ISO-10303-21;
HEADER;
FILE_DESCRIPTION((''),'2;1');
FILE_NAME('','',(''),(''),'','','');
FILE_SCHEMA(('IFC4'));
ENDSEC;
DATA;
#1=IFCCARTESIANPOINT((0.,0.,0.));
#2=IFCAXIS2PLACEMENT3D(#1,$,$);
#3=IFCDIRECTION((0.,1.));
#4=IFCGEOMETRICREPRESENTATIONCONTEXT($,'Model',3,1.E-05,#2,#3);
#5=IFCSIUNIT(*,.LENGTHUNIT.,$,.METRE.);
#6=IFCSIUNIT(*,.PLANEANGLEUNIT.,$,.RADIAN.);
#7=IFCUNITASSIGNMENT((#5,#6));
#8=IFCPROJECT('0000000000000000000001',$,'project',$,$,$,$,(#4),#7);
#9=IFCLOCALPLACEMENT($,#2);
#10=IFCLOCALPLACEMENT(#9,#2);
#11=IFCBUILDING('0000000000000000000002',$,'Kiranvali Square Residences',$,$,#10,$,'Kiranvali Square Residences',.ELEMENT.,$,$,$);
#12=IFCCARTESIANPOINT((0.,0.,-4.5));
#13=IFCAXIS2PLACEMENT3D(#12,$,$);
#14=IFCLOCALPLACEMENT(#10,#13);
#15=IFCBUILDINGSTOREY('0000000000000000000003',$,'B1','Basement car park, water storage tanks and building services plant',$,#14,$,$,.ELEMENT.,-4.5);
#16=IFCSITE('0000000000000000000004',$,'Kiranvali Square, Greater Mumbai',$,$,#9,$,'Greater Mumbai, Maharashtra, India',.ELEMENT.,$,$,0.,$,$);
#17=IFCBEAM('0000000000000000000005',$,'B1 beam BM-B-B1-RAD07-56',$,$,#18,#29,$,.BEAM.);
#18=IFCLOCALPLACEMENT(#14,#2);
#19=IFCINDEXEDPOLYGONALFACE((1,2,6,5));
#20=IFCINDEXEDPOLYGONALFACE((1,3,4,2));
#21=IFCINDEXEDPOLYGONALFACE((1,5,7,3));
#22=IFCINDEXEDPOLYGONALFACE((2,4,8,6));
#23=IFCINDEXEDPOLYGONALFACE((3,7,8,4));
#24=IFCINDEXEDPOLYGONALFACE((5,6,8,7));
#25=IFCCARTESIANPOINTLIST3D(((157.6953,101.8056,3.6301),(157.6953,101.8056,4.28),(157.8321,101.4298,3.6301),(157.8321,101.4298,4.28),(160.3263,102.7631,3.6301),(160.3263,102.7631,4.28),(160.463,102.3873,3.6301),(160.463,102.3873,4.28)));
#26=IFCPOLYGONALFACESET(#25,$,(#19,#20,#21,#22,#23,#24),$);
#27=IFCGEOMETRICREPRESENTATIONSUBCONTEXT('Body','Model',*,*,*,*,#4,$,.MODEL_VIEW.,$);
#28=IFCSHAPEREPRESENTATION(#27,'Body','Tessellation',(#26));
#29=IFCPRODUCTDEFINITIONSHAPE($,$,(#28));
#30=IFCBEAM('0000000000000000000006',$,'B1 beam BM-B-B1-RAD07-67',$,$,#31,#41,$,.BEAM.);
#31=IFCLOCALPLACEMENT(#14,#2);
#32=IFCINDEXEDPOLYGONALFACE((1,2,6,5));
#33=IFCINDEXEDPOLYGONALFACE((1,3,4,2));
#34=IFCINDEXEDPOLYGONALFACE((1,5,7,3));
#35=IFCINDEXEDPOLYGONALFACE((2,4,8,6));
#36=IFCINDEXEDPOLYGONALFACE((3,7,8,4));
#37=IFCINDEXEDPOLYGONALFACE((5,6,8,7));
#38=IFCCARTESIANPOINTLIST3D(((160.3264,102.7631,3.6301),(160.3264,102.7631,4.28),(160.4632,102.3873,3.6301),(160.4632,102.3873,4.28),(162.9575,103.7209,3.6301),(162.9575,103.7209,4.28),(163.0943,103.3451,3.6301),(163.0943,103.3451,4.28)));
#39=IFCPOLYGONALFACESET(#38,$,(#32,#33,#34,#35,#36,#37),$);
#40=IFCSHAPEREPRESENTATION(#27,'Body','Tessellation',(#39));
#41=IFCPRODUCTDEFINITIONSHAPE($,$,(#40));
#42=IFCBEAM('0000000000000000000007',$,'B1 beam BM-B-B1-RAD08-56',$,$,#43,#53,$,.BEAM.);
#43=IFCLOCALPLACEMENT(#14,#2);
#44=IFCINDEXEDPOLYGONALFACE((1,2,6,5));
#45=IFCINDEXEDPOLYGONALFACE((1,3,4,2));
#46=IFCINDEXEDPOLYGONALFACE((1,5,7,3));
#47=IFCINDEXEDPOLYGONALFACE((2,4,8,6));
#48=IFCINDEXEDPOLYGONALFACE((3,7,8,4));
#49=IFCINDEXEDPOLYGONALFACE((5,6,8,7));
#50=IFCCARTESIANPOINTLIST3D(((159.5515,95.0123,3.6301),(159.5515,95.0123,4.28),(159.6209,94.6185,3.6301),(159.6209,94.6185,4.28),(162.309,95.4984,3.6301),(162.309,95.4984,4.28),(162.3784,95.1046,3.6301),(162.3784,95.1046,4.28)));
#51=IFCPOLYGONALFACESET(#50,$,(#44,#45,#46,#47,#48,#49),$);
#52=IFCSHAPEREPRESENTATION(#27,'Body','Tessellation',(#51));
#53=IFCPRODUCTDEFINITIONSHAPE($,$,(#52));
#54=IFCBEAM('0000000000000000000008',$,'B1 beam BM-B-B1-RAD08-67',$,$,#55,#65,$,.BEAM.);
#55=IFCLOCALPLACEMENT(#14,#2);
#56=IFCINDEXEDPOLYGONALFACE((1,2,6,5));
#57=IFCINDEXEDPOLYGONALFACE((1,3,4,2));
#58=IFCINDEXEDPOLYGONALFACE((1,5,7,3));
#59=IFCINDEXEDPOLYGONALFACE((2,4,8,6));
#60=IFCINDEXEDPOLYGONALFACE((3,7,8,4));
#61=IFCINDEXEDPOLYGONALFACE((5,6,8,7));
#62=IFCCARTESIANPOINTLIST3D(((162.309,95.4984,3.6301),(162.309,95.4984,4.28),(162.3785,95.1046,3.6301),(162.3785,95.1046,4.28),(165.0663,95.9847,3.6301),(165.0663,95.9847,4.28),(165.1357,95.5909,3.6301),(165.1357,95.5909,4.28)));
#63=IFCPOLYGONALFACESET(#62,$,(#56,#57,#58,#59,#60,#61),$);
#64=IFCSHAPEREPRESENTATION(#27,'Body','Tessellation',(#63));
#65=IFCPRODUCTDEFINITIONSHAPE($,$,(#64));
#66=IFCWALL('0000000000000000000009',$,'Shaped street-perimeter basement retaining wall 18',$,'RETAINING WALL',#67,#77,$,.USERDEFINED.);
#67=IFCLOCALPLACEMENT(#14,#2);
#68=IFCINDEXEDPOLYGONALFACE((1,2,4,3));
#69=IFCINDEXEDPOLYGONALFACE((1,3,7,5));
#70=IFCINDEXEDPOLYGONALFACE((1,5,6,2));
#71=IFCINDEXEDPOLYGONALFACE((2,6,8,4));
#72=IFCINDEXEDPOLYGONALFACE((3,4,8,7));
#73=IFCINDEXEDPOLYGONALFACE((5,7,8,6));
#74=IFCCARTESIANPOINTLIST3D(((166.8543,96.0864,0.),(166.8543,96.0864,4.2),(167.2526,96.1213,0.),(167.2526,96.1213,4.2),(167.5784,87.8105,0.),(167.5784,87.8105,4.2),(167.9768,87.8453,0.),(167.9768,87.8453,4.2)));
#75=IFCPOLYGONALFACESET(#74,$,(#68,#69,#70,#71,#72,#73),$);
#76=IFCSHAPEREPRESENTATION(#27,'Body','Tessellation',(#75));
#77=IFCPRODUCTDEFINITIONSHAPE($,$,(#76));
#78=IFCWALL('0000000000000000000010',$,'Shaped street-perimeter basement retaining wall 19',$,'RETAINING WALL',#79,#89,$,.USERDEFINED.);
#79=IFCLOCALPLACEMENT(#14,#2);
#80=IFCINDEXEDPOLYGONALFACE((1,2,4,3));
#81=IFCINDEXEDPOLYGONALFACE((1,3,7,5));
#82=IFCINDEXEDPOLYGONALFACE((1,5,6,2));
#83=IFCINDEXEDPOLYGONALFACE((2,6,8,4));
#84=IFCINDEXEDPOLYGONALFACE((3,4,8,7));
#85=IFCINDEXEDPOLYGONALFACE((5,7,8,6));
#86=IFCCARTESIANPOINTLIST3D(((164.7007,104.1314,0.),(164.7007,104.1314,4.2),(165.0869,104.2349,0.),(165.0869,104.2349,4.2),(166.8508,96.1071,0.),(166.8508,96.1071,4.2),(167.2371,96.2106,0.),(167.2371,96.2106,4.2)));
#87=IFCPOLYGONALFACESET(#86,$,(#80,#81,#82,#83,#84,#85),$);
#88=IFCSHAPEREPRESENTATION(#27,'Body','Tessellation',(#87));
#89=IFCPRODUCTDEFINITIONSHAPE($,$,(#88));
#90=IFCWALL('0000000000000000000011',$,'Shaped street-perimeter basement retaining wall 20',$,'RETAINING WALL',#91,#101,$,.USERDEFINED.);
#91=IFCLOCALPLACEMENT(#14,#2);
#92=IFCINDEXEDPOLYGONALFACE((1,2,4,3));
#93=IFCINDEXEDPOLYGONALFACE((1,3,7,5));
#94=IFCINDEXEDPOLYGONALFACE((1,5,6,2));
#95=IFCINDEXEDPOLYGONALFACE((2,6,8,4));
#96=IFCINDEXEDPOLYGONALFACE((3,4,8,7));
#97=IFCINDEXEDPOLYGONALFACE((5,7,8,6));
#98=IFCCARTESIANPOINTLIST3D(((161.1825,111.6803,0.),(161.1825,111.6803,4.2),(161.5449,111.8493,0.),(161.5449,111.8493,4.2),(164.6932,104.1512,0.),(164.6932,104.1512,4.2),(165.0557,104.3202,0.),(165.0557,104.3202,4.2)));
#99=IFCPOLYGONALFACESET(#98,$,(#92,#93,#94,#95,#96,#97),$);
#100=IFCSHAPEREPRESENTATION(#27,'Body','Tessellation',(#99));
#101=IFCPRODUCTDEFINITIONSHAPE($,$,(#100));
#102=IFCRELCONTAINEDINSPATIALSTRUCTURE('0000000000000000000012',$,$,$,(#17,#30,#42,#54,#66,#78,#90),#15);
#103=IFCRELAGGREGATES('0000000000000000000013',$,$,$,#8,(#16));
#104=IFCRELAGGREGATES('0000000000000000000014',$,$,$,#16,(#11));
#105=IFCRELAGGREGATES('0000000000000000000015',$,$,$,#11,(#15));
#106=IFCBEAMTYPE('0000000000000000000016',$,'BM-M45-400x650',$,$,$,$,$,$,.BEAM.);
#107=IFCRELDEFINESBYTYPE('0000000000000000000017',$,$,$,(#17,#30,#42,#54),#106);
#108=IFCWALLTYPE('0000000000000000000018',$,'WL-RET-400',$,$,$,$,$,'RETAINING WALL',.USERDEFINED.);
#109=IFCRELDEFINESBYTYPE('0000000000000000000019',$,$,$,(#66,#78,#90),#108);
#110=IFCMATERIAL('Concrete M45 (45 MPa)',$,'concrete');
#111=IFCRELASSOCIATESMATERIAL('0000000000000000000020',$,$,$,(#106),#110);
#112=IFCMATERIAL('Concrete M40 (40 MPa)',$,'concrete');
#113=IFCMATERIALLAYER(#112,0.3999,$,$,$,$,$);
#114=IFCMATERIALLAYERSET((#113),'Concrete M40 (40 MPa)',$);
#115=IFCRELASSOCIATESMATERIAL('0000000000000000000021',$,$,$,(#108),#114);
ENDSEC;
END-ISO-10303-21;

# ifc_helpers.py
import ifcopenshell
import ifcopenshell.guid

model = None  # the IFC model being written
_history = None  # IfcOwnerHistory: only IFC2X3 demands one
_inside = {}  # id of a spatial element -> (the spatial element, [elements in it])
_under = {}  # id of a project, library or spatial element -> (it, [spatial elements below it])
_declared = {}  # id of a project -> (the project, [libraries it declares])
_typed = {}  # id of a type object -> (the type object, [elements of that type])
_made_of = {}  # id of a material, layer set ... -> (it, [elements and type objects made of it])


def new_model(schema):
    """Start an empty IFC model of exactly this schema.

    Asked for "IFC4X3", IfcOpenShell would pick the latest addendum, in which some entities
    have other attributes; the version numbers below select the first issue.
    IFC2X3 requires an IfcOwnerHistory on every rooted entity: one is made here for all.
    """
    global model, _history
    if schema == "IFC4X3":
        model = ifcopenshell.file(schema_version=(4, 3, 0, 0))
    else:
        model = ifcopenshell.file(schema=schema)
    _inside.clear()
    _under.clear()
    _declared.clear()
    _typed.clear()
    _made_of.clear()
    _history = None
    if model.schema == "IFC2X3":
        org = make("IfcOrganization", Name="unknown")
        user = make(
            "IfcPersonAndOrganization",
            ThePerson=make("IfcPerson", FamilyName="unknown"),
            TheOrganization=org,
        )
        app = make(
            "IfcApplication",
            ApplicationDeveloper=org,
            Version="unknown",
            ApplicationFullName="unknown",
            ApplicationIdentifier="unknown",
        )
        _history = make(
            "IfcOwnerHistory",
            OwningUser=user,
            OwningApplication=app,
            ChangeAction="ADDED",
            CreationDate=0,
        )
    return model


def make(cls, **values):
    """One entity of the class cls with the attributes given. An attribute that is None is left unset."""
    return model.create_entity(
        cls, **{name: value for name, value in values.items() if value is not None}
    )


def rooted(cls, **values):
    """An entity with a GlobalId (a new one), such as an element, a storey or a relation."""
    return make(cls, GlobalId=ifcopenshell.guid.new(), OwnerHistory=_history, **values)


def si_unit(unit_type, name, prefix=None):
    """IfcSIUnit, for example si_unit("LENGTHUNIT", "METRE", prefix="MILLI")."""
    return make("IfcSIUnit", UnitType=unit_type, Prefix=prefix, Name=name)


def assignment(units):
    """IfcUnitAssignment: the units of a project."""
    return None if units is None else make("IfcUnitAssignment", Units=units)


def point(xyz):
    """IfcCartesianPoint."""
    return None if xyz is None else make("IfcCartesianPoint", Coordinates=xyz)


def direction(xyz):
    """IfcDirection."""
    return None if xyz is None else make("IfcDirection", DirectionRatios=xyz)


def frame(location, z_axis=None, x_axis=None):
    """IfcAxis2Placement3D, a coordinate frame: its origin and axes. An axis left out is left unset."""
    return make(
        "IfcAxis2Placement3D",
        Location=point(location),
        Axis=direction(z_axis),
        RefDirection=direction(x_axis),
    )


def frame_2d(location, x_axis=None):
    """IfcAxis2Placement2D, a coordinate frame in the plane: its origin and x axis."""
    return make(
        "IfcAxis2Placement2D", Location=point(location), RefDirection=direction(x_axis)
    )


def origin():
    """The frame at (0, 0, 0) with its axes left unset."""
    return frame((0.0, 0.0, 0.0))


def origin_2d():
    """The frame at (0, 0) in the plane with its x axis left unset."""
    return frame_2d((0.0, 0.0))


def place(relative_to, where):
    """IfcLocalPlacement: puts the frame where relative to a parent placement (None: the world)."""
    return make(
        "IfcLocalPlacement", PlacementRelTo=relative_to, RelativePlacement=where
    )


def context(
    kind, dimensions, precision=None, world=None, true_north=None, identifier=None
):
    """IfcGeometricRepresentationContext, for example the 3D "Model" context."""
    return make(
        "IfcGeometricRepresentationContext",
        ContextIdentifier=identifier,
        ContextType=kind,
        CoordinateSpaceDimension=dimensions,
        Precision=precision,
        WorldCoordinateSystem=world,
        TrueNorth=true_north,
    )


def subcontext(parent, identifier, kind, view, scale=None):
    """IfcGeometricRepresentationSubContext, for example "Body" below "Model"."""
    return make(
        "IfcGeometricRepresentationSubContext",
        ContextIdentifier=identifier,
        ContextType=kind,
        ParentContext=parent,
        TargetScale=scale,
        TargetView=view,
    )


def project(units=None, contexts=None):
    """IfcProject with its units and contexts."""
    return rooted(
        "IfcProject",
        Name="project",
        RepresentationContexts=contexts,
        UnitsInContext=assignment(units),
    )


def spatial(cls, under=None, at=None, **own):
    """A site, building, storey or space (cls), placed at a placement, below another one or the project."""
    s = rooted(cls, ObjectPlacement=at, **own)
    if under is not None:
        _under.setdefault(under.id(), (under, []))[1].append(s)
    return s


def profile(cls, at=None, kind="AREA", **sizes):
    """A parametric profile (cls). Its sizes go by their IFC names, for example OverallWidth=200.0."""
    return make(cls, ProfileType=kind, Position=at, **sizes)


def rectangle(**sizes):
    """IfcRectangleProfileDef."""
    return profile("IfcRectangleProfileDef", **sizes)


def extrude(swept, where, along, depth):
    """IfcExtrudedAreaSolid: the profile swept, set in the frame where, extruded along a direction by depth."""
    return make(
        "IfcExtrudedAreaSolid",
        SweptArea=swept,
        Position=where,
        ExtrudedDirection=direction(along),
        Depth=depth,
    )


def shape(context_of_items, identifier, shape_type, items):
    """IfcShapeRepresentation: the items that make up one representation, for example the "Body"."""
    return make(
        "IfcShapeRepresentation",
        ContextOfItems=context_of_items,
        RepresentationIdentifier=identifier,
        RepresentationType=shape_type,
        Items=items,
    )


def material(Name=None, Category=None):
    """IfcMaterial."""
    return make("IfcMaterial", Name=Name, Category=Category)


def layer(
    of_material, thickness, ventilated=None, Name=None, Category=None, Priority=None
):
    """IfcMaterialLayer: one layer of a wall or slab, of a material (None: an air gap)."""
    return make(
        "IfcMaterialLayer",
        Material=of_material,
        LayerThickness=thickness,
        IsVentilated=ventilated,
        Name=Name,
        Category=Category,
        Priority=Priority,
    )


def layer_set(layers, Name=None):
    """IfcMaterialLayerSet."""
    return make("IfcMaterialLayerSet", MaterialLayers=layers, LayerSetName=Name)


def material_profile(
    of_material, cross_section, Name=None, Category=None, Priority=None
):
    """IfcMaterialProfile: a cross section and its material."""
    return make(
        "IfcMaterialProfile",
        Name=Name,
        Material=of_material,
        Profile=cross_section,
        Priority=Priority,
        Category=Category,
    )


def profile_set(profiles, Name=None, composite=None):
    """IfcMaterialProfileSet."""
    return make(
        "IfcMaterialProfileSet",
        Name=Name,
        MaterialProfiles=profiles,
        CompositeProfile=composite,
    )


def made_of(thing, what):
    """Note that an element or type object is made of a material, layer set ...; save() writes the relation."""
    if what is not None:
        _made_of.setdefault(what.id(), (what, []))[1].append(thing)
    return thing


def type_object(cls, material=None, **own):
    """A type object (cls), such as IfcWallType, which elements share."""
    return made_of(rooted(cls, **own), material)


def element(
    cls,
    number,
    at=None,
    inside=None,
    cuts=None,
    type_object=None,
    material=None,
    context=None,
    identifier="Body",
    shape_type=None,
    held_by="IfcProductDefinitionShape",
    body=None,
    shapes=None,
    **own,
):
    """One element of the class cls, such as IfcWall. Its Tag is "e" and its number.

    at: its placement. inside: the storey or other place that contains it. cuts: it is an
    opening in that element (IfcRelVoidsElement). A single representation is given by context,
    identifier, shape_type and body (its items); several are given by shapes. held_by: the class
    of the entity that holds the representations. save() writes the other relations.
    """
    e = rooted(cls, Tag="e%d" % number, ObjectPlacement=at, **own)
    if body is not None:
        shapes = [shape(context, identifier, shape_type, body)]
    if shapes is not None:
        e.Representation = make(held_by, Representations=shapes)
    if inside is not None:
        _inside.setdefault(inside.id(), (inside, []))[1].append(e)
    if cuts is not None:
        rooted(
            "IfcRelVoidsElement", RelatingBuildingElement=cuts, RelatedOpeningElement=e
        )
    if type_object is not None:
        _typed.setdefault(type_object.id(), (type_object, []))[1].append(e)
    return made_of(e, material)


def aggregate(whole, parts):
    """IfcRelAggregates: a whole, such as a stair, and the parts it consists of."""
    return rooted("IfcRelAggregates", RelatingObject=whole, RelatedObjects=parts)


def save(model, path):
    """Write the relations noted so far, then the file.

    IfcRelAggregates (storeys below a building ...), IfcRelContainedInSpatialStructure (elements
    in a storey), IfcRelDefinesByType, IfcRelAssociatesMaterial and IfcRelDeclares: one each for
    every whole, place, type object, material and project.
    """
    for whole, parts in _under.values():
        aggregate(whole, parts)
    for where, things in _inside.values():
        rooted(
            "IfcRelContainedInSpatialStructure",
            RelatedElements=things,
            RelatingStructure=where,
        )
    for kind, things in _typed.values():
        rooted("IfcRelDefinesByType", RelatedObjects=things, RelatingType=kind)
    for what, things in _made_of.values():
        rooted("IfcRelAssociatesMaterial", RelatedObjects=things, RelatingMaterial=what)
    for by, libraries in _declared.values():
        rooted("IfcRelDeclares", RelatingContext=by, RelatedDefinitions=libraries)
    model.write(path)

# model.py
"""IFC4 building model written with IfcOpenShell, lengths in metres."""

from ifc_helpers import new_model, si_unit, direction, frame, frame_2d, origin, origin_2d, place, context, subcontext, project, spatial, rectangle, extrude, material, layer, layer_set, material_profile, profile_set, type_object, element, save


model = new_model("IFC4")

# Units and contexts
model_context = context("Model", 3, precision=1e-05, world=origin(), true_north=direction((0.0, 1.0)))
body_context = subcontext(model_context, "Body", "Model", "MODEL_VIEW")
ifc_project = project(units=[si_unit("LENGTHUNIT", "METRE"), si_unit("PLANEANGLEUNIT", "RADIAN")], contexts=[model_context])

# Site, building, storey
site_placement = place(None, origin())
site = spatial("IfcSite", under=ifc_project, at=site_placement, Name="Kiranvali Square, Greater Mumbai", LongName="Greater Mumbai, Maharashtra, India", CompositionType="ELEMENT", RefElevation=0.0)
building_placement = place(site_placement, origin())
building = spatial("IfcBuilding", under=site, at=building_placement, Name="Kiranvali Square Residences", LongName="Kiranvali Square Residences", CompositionType="ELEMENT")
storey_placement = place(building_placement, frame((0.0, 0.0, -4.5)))
storey = spatial("IfcBuildingStorey", under=building, at=storey_placement, Name="B1", Description="Basement car park, water storage tanks and building services plant", CompositionType="ELEMENT", Elevation=-4.5)

# Shared definitions
ifc_material_1 = material(Name="Concrete M40 (40 MPa)", Category="concrete")

# Beams
ifc_material_2 = material(Name="Concrete M45 (45 MPa)", Category="concrete")
ifc_material_profile_1 = material_profile(ifc_material_2, rectangle(XDim=0.3999, YDim=0.6499, at=origin_2d()), Name="RC 400x650")
ifc_profile_set_1 = profile_set([ifc_material_profile_1], Name="Concrete M45 (45 MPa)")
beam_type = type_object("IfcBeamType", Name="BM-M45-400x650", PredefinedType="BEAM", material=ifc_profile_set_1)
beam_1_placement = place(storey_placement, frame((157.7637, 101.6177, 3.9551), z_axis=(0.939707, 0.341981, 0.0), x_axis=(-0.341981, 0.939707, 0.0)))
element("IfcBeam", 1, at=beam_1_placement, inside=storey, type_object=beam_type, Name="B1 beam BM-B-B1-RAD07-56", PredefinedType="BEAM", context=body_context, shape_type="SweptSolid", body=[
    extrude(rectangle(XDim=0.3999, YDim=0.6499, at=origin_2d()), origin(), (0.0, 0.0, 1.0), 2.7998),
])
for number, where, z_axis, x_axis, name in (
    (2, (160.3948, 102.5752, 3.9551), (0.939679, 0.342058, 0.0), (-0.342058, 0.939679, 0.0), "B1 beam BM-B-B1-RAD07-67"),
    (3, (159.5862, 94.8154, 3.9551), (0.984817, 0.173596, 0.0), (-0.173596, 0.984817, 0.0), "B1 beam BM-B-B1-RAD08-56"),
):
    element("IfcBeam", number, at=place(storey_placement, frame(where, z_axis=z_axis, x_axis=x_axis)), inside=storey, type_object=beam_type, Name=name, PredefinedType="BEAM", context=body_context, shape_type="SweptSolid", body=[
        extrude(rectangle(XDim=0.3999, YDim=0.6499, at=origin_2d()), origin(), (0.0, 0.0, 1.0), 2.8),
    ])
beam_2_placement = place(storey_placement, frame((162.3438, 95.3015, 3.9551), z_axis=(0.984799, 0.173696, 0.0), x_axis=(-0.173696, 0.984799, 0.0)))
element("IfcBeam", 4, at=beam_2_placement, inside=storey, type_object=beam_type, Name="B1 beam BM-B-B1-RAD08-67", PredefinedType="BEAM", context=body_context, shape_type="SweptSolid", body=[
    extrude(rectangle(XDim=0.3999, YDim=0.6499, at=origin_2d()), origin(), (0.0, 0.0, 1.0), 2.7998),
])

# Walls
ifc_layer = layer(ifc_material_1, 0.3999)
ifc_layer_set = layer_set([ifc_layer], Name="Concrete M40 (40 MPa)")
wall_type = type_object("IfcWallType", Name="WL-RET-400", ElementType="RETAINING WALL", PredefinedType="USERDEFINED", material=ifc_layer_set)
wall_placement = place(storey_placement, frame((167.7776, 87.8279, 0.0), z_axis=(0.0, 0.0, 1.0), x_axis=(-0.087165, 0.996194, 0.0)))
element("IfcWall", 5, at=wall_placement, inside=storey, type_object=wall_type, Name="Shaped street-perimeter basement retaining wall 18", ObjectType="RETAINING WALL", PredefinedType="USERDEFINED", context=body_context, shape_type="SweptSolid", body=[
    extrude(rectangle(XDim=8.3076, YDim=0.3999, at=frame_2d((4.1538, 0.0))), origin(), (0.0, 0.0, 1.0), 4.2),
])
for number, where, z_axis, x_axis, name in (
    (6, (167.0439, 96.1587, 0.0), (0.0, 0.0, 1.0), (-0.25882, 0.965925, 0.0), "Shaped street-perimeter basement retaining wall 19"),
    (7, (164.8745, 104.2356, 0.0), (0.0, 0.0, 1.0), (-0.422607, 0.906313, 0.0), "Shaped street-perimeter basement retaining wall 20"),
):
    element("IfcWall", number, at=place(storey_placement, frame(where, z_axis=z_axis, x_axis=x_axis)), inside=storey, type_object=wall_type, Name=name, ObjectType="RETAINING WALL", PredefinedType="USERDEFINED", context=body_context, shape_type="SweptSolid", body=[
        extrude(rectangle(XDim=8.3074, YDim=0.3999, at=frame_2d((4.1538, 0.0))), origin(), (0.0, 0.0, 1.0), 4.2),
    ])

save(model, "model.ifc")
